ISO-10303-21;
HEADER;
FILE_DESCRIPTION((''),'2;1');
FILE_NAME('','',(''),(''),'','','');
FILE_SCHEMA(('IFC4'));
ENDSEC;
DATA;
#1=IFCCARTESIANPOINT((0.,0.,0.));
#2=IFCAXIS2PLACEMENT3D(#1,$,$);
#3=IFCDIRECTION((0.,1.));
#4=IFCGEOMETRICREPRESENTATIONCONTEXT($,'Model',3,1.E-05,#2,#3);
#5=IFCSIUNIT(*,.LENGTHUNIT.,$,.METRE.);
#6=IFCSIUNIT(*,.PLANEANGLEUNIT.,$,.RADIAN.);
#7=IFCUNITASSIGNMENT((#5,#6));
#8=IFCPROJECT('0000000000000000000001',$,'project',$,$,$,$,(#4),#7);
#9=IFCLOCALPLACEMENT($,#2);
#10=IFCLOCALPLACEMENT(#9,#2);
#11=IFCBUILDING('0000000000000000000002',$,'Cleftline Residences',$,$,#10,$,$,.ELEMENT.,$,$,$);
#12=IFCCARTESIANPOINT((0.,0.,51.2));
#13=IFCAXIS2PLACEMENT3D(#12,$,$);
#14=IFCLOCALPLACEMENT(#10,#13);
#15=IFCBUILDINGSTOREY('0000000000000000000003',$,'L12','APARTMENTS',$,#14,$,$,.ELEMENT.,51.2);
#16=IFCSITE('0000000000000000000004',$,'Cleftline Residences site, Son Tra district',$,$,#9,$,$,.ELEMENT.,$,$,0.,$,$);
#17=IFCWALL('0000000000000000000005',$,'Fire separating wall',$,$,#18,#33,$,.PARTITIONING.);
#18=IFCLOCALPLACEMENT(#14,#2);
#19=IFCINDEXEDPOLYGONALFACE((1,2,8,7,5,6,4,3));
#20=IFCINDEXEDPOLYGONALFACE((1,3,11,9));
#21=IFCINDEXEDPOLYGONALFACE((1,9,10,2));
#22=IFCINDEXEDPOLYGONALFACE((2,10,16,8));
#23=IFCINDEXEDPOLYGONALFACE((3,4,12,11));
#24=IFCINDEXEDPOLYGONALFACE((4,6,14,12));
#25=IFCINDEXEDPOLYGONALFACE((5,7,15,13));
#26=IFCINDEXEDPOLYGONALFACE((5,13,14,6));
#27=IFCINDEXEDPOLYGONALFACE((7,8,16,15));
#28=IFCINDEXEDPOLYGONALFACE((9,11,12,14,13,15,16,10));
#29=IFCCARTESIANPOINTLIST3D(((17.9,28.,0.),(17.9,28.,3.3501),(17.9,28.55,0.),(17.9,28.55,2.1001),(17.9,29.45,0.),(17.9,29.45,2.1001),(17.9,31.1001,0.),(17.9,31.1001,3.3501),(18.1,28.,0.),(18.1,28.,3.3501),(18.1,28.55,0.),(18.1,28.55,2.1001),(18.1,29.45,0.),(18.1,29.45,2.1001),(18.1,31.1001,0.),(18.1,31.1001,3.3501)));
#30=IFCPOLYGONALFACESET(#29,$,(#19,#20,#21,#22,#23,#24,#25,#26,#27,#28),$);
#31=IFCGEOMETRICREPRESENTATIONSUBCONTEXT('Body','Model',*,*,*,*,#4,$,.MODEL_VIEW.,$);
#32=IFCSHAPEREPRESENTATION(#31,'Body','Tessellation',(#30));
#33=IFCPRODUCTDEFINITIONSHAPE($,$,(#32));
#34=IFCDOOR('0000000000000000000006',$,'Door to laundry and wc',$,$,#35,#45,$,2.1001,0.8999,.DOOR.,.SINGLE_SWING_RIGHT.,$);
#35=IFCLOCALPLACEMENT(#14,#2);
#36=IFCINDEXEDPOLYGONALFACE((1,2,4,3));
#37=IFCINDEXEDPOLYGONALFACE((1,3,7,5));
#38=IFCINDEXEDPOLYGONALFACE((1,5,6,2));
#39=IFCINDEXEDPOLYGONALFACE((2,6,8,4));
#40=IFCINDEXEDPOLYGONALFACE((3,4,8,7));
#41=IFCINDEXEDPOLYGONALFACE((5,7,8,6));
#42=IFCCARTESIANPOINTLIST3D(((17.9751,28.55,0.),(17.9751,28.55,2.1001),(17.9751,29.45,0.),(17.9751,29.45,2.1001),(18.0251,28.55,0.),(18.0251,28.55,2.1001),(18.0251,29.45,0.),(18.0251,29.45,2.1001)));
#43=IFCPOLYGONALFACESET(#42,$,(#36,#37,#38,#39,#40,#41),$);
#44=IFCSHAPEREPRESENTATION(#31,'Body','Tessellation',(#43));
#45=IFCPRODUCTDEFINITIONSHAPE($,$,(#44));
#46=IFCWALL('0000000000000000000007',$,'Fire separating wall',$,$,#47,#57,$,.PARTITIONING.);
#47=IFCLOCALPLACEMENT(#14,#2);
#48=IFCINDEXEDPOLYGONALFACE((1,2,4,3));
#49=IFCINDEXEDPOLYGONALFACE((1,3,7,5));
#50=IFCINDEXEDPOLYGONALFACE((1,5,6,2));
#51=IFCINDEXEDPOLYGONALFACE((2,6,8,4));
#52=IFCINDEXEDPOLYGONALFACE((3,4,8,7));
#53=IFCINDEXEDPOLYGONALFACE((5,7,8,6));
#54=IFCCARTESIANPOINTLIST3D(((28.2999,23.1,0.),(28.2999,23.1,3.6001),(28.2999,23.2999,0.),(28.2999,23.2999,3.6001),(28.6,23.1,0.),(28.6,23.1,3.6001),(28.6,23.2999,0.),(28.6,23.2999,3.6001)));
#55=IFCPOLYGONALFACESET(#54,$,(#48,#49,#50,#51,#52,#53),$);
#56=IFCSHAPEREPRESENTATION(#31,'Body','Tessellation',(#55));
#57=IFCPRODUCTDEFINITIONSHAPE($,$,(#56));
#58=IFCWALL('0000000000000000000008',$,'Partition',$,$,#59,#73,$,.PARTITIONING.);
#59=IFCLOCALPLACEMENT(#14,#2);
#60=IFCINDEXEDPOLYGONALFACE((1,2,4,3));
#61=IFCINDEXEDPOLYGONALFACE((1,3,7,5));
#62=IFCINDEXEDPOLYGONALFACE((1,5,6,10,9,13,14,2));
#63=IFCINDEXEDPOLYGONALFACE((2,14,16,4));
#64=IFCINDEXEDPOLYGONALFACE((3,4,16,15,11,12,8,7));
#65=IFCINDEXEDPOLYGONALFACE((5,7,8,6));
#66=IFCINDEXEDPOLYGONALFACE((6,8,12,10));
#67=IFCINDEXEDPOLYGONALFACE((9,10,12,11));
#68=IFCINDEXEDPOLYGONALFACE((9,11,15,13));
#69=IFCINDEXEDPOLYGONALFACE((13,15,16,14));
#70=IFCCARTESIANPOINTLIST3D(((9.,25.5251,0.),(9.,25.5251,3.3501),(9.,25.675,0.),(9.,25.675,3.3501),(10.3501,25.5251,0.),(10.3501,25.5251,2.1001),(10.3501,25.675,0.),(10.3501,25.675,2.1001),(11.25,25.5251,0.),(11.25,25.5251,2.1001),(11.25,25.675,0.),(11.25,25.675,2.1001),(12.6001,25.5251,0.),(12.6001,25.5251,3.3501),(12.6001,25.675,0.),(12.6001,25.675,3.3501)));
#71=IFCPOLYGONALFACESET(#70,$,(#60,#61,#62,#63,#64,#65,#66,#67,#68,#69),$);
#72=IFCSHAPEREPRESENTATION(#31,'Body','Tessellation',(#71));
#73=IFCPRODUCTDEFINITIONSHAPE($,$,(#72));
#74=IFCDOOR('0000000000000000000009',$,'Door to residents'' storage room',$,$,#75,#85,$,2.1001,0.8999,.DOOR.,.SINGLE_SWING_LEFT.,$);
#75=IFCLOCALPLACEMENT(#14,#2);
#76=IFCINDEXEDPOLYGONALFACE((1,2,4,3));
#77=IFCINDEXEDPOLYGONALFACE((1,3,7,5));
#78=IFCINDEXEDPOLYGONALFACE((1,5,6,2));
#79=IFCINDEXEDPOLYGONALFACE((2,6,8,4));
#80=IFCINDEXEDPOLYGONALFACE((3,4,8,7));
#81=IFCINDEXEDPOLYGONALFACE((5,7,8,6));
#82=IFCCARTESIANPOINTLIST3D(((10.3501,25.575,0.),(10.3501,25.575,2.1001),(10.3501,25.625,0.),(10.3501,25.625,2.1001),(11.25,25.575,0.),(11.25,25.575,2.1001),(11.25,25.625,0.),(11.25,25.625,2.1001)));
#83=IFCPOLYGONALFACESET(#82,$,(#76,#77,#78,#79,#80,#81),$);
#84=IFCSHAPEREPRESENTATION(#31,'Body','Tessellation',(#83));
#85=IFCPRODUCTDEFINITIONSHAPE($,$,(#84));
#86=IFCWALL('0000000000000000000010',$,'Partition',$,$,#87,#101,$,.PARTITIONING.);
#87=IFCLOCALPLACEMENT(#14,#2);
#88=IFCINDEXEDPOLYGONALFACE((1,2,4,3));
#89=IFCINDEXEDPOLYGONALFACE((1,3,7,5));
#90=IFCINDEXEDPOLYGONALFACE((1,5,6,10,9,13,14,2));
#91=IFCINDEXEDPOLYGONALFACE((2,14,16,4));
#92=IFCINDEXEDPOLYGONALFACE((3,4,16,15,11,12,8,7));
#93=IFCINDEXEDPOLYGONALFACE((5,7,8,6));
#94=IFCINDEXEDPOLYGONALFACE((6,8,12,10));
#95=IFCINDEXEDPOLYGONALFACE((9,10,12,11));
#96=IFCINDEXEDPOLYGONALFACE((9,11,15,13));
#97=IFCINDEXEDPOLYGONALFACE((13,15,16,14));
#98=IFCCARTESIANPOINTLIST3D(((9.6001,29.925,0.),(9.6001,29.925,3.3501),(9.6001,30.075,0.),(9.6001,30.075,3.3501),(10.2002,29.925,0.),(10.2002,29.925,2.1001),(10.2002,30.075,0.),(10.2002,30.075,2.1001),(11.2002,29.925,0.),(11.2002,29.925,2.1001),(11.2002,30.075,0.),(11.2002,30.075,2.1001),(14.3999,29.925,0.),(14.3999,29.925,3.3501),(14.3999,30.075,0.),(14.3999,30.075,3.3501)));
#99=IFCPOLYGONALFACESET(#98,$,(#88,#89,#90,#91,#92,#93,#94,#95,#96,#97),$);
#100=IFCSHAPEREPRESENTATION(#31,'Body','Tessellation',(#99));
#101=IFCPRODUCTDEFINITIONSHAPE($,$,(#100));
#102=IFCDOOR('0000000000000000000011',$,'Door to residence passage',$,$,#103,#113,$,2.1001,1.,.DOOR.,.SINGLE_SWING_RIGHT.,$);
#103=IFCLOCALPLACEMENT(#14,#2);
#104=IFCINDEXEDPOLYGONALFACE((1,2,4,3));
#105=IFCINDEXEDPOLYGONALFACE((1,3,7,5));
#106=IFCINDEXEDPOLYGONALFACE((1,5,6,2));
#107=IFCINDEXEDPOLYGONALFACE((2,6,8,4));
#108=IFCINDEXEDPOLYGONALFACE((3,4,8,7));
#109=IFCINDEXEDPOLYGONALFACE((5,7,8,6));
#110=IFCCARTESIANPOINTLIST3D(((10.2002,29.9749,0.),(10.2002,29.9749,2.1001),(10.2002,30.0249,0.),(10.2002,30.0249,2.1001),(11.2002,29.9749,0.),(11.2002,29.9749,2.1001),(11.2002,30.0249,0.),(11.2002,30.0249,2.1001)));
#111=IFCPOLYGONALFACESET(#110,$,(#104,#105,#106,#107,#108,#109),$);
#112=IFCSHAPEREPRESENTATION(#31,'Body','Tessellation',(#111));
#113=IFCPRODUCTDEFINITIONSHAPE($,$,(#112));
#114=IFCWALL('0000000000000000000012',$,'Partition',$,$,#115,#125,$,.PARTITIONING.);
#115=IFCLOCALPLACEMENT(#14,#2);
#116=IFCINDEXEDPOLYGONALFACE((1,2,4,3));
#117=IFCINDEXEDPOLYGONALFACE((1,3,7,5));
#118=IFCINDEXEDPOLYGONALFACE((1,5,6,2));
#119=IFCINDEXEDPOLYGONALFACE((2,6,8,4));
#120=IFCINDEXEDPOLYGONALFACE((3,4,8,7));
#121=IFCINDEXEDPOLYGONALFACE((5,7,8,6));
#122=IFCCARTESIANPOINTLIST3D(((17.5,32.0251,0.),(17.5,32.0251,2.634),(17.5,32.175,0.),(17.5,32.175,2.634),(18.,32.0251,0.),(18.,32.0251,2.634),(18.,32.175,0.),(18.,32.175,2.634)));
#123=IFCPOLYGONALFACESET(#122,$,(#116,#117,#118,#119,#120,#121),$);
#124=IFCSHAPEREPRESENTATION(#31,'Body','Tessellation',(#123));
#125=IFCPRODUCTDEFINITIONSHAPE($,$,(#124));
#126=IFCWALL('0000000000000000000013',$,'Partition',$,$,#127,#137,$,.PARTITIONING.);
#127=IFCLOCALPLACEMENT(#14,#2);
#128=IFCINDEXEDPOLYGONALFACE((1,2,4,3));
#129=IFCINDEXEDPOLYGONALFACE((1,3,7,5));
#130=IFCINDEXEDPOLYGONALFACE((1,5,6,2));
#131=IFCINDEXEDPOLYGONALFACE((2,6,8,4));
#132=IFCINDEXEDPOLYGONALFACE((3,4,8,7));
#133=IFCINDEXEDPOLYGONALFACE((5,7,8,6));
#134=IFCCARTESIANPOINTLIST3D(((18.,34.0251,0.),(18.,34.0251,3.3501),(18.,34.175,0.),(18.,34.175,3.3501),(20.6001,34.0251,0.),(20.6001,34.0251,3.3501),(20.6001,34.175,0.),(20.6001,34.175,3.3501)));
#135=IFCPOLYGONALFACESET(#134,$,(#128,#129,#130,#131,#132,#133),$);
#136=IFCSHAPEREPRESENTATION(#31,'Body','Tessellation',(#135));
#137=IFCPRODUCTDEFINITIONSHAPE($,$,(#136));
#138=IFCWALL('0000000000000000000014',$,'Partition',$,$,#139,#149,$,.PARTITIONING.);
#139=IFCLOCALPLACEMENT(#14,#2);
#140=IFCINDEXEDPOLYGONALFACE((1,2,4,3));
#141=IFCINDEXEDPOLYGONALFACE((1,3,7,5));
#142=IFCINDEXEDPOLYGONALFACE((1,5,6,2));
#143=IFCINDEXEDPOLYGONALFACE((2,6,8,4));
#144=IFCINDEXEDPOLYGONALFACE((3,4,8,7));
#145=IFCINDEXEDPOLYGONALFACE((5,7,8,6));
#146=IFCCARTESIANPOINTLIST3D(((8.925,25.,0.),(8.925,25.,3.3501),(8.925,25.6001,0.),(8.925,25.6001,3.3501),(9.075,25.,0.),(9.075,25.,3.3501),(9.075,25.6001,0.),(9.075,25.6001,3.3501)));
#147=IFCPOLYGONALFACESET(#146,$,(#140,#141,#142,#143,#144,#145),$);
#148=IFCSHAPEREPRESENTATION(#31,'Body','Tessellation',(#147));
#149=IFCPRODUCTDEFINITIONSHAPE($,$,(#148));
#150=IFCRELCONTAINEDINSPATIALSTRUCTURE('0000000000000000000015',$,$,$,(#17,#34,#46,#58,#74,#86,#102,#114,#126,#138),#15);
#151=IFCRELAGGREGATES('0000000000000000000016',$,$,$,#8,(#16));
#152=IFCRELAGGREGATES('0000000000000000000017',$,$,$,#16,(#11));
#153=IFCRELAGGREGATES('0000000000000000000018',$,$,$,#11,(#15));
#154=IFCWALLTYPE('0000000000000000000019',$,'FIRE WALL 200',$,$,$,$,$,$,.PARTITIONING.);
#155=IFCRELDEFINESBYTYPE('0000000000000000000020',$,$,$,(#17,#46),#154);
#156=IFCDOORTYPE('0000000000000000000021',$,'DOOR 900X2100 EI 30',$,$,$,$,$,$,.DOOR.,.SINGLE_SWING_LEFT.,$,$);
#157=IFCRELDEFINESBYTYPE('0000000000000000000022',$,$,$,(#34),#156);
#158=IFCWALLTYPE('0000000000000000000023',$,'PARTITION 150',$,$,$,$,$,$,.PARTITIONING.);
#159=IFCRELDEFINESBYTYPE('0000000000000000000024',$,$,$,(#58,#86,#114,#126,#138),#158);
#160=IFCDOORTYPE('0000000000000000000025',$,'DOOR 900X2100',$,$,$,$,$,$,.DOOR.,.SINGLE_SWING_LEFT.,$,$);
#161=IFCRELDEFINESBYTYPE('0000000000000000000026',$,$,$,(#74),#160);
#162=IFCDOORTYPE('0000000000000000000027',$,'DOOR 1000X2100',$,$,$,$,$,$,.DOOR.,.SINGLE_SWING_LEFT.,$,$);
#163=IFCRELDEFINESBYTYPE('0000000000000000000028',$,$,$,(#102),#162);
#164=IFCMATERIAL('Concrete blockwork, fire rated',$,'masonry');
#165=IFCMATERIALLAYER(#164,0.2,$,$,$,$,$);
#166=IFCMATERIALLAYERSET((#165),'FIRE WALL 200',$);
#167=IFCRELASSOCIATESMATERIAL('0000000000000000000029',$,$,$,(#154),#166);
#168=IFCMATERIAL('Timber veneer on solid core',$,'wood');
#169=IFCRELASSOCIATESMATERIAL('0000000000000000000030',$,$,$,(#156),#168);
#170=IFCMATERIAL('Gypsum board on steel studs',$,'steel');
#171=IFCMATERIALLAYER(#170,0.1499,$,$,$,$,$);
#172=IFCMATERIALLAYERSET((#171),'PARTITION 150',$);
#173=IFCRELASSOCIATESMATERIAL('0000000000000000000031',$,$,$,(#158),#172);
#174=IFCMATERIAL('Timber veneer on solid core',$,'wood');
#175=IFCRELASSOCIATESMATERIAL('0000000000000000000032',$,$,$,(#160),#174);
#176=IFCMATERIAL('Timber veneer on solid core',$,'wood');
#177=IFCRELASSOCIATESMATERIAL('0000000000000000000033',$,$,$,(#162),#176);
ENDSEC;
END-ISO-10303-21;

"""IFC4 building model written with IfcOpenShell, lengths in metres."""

from ifc_helpers import new_model, si_unit, direction, frame, frame_2d, origin, place, context, subcontext, project, spatial, rectangle, extrude, material, layer, layer_set, type_object, element, fill, save


model = new_model("IFC4")

# Units and contexts
model_context = context("Model", 3, precision=1e-05, world=origin(), true_north=direction((0.0, 1.0)))
body_context = subcontext(model_context, "Body", "Model", "MODEL_VIEW")
ifc_project = project(units=[si_unit("LENGTHUNIT", "METRE"), si_unit("PLANEANGLEUNIT", "RADIAN")], contexts=[model_context])

# Site, building, storey
site_placement = place(None, origin())
site = spatial("IfcSite", under=ifc_project, at=site_placement, Name="Cleftline Residences site, Son Tra district", CompositionType="ELEMENT", RefElevation=0.0)
building_placement = place(site_placement, origin())
building = spatial("IfcBuilding", under=site, at=building_placement, Name="Cleftline Residences", CompositionType="ELEMENT")
storey_placement = place(building_placement, frame((0.0, 0.0, 51.2)))
storey = spatial("IfcBuildingStorey", under=building, at=storey_placement, Name="L12", Description="APARTMENTS", CompositionType="ELEMENT", Elevation=51.2)

# Shared definitions
ifc_material_1 = material(Name="Concrete blockwork, fire rated", Category="masonry")
ifc_layer_1 = layer(ifc_material_1, 0.2)
ifc_layer_set_1 = layer_set([ifc_layer_1], Name="FIRE WALL 200")
wall_type_1 = type_object("IfcWallType", Name="FIRE WALL 200", PredefinedType="PARTITIONING", material=ifc_layer_set_1)

# Wall, opening, door
wall_1_placement = place(storey_placement, frame((18.0, 28.0, 0.0), z_axis=(0.0, 0.0, 1.0), x_axis=(0.0, 1.0, 0.0)))
wall_1 = element("IfcWall", 1, at=wall_1_placement, inside=storey, type_object=wall_type_1, Name="Fire separating wall", PredefinedType="PARTITIONING", context=body_context, shape_type="SweptSolid", body=[
    extrude(rectangle(XDim=3.1001, YDim=0.2, at=frame_2d((1.55, 0.0))), origin(), (0.0, 0.0, 1.0), 3.3501),
])
opening_1_placement = place(wall_1_placement, frame((0.55, 0.0, 0.0)))
opening_1 = element("IfcOpeningElement", 2, at=opening_1_placement, cuts=wall_1, PredefinedType="OPENING", context=body_context, shape_type="SweptSolid", body=[
    extrude(rectangle(XDim=0.8999, YDim=2.1001, at=frame_2d((0.45, 1.05))), frame((0.0, 0.1099, 0.0), z_axis=(0.0, -1.0, 0.0), x_axis=(1.0, 0.0, 0.0)), (0.0, 0.0, 1.0), 0.22),
])
ifc_material_2 = material(Name="Timber veneer on solid core", Category="wood")
door_type_1 = type_object("IfcDoorType", Name="DOOR 900X2100 EI 30", OperationType="SINGLE_SWING_LEFT", PredefinedType="DOOR", material=ifc_material_2)
door_1_placement = place(opening_1_placement, origin())
door_1 = element("IfcDoor", 3, at=door_1_placement, inside=storey, type_object=door_type_1, Name="Door to laundry and wc", OperationType="SINGLE_SWING_RIGHT", OverallHeight=2.1001, OverallWidth=0.8999, PredefinedType="DOOR", context=body_context, shape_type="SweptSolid", body=[
    extrude(rectangle(XDim=0.8999, YDim=2.1001, at=frame_2d((0.45, 1.05))), frame((0.0, 0.0249, 0.0), z_axis=(0.0, -1.0, 0.0), x_axis=(1.0, 0.0, 0.0)), (0.0, 0.0, 1.0), 0.05),
])
fill(opening_1, door_1)

# Wall
wall_2_placement = place(storey_placement, frame((28.3, 23.2, 0.0), z_axis=(0.0, 0.0, 1.0), x_axis=(1.0, 0.0, 0.0)))
element("IfcWall", 4, at=wall_2_placement, inside=storey, type_object=wall_type_1, Name="Fire separating wall", PredefinedType="PARTITIONING", context=body_context, shape_type="SweptSolid", body=[
    extrude(rectangle(XDim=0.3, YDim=0.2, at=frame_2d((0.1499, 0.0))), origin(), (0.0, 0.0, 1.0), 3.6001),
])

# Walls, openings, doors
ifc_material_3 = material(Name="Gypsum board on steel studs", Category="steel")
ifc_layer_2 = layer(ifc_material_3, 0.1499)
ifc_layer_set_2 = layer_set([ifc_layer_2], Name="PARTITION 150")
wall_type_2 = type_object("IfcWallType", Name="PARTITION 150", PredefinedType="PARTITIONING", material=ifc_layer_set_2)
wall_3_placement = place(storey_placement, frame((9.0, 25.6001, 0.0), z_axis=(0.0, 0.0, 1.0), x_axis=(1.0, 0.0, 0.0)))
wall_3 = element("IfcWall", 5, at=wall_3_placement, inside=storey, type_object=wall_type_2, Name="Partition", PredefinedType="PARTITIONING", context=body_context, shape_type="SweptSolid", body=[
    extrude(rectangle(XDim=3.6001, YDim=0.1499, at=frame_2d((1.8, 0.0))), origin(), (0.0, 0.0, 1.0), 3.3501),
])
opening_2_placement = place(wall_3_placement, frame((1.3501, 0.0, 0.0)))
opening_2 = element("IfcOpeningElement", 6, at=opening_2_placement, cuts=wall_3, PredefinedType="OPENING", context=body_context, shape_type="SweptSolid", body=[
    extrude(rectangle(XDim=0.8999, YDim=2.1001, at=frame_2d((0.45, 1.05))), frame((0.0, 0.085, 0.0), z_axis=(0.0, -1.0, 0.0), x_axis=(1.0, 0.0, 0.0)), (0.0, 0.0, 1.0), 0.1699),
])
ifc_material_4 = material(Name="Timber veneer on solid core", Category="wood")
door_type_2 = type_object("IfcDoorType", Name="DOOR 900X2100", OperationType="SINGLE_SWING_LEFT", PredefinedType="DOOR", material=ifc_material_4)
door_2_placement = place(opening_2_placement, origin())
door_2 = element("IfcDoor", 7, at=door_2_placement, inside=storey, type_object=door_type_2, Name="Door to residents' storage room", OperationType="SINGLE_SWING_LEFT", OverallHeight=2.1001, OverallWidth=0.8999, PredefinedType="DOOR", context=body_context, shape_type="SweptSolid", body=[
    extrude(rectangle(XDim=0.8999, YDim=2.1001, at=frame_2d((0.45, 1.05))), frame((0.0, 0.0249, 0.0), z_axis=(0.0, -1.0, 0.0), x_axis=(1.0, 0.0, 0.0)), (0.0, 0.0, 1.0), 0.05),
])
fill(opening_2, door_2)
wall_4_placement = place(storey_placement, frame((9.6001, 30.0, 0.0), z_axis=(0.0, 0.0, 1.0), x_axis=(1.0, 0.0, 0.0)))
wall_4 = element("IfcWall", 8, at=wall_4_placement, inside=storey, type_object=wall_type_2, Name="Partition", PredefinedType="PARTITIONING", context=body_context, shape_type="SweptSolid", body=[
    extrude(rectangle(XDim=4.7998, YDim=0.1499, at=frame_2d((2.3999, 0.0))), origin(), (0.0, 0.0, 1.0), 3.3501),
])
opening_3_placement = place(wall_4_placement, frame((0.6001, 0.0, 0.0)))
opening_3 = element("IfcOpeningElement", 9, at=opening_3_placement, cuts=wall_4, PredefinedType="OPENING", context=body_context, shape_type="SweptSolid", body=[
    extrude(rectangle(XDim=1.0, YDim=2.1001, at=frame_2d((0.5, 1.05))), frame((0.0, 0.085, 0.0), z_axis=(0.0, -1.0, 0.0), x_axis=(1.0, 0.0, 0.0)), (0.0, 0.0, 1.0), 0.1699),
])
ifc_material_5 = material(Name="Timber veneer on solid core", Category="wood")
door_type_3 = type_object("IfcDoorType", Name="DOOR 1000X2100", OperationType="SINGLE_SWING_LEFT", PredefinedType="DOOR", material=ifc_material_5)
door_3_placement = place(opening_3_placement, origin())
door_3 = element("IfcDoor", 10, at=door_3_placement, inside=storey, type_object=door_type_3, Name="Door to residence passage", OperationType="SINGLE_SWING_RIGHT", OverallHeight=2.1001, OverallWidth=1.0, PredefinedType="DOOR", context=body_context, shape_type="SweptSolid", body=[
    extrude(rectangle(XDim=1.0, YDim=2.1001, at=frame_2d((0.5, 1.05))), frame((0.0, 0.0249, 0.0), z_axis=(0.0, -1.0, 0.0), x_axis=(1.0, 0.0, 0.0)), (0.0, 0.0, 1.0), 0.05),
])
fill(opening_3, door_3)

# Walls
wall_5_placement = place(storey_placement, frame((17.5, 32.1001, 0.0), z_axis=(0.0, 0.0, 1.0), x_axis=(1.0, 0.0, 0.0)))
element("IfcWall", 11, at=wall_5_placement, inside=storey, type_object=wall_type_2, Name="Partition", PredefinedType="PARTITIONING", context=body_context, shape_type="SweptSolid", body=[
    extrude(rectangle(XDim=0.5, YDim=0.1499, at=frame_2d((0.25, 0.0))), origin(), (0.0, 0.0, 1.0), 2.634),
])
wall_6_placement = place(storey_placement, frame((18.0, 34.1001, 0.0), z_axis=(0.0, 0.0, 1.0), x_axis=(1.0, 0.0, 0.0)))
element("IfcWall", 12, at=wall_6_placement, inside=storey, type_object=wall_type_2, Name="Partition", PredefinedType="PARTITIONING", context=body_context, shape_type="SweptSolid", body=[
    extrude(rectangle(XDim=2.6001, YDim=0.1499, at=frame_2d((1.3, 0.0))), origin(), (0.0, 0.0, 1.0), 3.3501),
])
wall_7_placement = place(storey_placement, frame((9.0, 25.0, 0.0), z_axis=(0.0, 0.0, 1.0), x_axis=(0.0, 1.0, 0.0)))
element("IfcWall", 13, at=wall_7_placement, inside=storey, type_object=wall_type_2, Name="Partition", PredefinedType="PARTITIONING", context=body_context, shape_type="SweptSolid", body=[
    extrude(rectangle(XDim=0.6001, YDim=0.1499, at=frame_2d((0.3, 0.0))), origin(), (0.0, 0.0, 1.0), 3.3501),
])

save(model, "model.ifc")
